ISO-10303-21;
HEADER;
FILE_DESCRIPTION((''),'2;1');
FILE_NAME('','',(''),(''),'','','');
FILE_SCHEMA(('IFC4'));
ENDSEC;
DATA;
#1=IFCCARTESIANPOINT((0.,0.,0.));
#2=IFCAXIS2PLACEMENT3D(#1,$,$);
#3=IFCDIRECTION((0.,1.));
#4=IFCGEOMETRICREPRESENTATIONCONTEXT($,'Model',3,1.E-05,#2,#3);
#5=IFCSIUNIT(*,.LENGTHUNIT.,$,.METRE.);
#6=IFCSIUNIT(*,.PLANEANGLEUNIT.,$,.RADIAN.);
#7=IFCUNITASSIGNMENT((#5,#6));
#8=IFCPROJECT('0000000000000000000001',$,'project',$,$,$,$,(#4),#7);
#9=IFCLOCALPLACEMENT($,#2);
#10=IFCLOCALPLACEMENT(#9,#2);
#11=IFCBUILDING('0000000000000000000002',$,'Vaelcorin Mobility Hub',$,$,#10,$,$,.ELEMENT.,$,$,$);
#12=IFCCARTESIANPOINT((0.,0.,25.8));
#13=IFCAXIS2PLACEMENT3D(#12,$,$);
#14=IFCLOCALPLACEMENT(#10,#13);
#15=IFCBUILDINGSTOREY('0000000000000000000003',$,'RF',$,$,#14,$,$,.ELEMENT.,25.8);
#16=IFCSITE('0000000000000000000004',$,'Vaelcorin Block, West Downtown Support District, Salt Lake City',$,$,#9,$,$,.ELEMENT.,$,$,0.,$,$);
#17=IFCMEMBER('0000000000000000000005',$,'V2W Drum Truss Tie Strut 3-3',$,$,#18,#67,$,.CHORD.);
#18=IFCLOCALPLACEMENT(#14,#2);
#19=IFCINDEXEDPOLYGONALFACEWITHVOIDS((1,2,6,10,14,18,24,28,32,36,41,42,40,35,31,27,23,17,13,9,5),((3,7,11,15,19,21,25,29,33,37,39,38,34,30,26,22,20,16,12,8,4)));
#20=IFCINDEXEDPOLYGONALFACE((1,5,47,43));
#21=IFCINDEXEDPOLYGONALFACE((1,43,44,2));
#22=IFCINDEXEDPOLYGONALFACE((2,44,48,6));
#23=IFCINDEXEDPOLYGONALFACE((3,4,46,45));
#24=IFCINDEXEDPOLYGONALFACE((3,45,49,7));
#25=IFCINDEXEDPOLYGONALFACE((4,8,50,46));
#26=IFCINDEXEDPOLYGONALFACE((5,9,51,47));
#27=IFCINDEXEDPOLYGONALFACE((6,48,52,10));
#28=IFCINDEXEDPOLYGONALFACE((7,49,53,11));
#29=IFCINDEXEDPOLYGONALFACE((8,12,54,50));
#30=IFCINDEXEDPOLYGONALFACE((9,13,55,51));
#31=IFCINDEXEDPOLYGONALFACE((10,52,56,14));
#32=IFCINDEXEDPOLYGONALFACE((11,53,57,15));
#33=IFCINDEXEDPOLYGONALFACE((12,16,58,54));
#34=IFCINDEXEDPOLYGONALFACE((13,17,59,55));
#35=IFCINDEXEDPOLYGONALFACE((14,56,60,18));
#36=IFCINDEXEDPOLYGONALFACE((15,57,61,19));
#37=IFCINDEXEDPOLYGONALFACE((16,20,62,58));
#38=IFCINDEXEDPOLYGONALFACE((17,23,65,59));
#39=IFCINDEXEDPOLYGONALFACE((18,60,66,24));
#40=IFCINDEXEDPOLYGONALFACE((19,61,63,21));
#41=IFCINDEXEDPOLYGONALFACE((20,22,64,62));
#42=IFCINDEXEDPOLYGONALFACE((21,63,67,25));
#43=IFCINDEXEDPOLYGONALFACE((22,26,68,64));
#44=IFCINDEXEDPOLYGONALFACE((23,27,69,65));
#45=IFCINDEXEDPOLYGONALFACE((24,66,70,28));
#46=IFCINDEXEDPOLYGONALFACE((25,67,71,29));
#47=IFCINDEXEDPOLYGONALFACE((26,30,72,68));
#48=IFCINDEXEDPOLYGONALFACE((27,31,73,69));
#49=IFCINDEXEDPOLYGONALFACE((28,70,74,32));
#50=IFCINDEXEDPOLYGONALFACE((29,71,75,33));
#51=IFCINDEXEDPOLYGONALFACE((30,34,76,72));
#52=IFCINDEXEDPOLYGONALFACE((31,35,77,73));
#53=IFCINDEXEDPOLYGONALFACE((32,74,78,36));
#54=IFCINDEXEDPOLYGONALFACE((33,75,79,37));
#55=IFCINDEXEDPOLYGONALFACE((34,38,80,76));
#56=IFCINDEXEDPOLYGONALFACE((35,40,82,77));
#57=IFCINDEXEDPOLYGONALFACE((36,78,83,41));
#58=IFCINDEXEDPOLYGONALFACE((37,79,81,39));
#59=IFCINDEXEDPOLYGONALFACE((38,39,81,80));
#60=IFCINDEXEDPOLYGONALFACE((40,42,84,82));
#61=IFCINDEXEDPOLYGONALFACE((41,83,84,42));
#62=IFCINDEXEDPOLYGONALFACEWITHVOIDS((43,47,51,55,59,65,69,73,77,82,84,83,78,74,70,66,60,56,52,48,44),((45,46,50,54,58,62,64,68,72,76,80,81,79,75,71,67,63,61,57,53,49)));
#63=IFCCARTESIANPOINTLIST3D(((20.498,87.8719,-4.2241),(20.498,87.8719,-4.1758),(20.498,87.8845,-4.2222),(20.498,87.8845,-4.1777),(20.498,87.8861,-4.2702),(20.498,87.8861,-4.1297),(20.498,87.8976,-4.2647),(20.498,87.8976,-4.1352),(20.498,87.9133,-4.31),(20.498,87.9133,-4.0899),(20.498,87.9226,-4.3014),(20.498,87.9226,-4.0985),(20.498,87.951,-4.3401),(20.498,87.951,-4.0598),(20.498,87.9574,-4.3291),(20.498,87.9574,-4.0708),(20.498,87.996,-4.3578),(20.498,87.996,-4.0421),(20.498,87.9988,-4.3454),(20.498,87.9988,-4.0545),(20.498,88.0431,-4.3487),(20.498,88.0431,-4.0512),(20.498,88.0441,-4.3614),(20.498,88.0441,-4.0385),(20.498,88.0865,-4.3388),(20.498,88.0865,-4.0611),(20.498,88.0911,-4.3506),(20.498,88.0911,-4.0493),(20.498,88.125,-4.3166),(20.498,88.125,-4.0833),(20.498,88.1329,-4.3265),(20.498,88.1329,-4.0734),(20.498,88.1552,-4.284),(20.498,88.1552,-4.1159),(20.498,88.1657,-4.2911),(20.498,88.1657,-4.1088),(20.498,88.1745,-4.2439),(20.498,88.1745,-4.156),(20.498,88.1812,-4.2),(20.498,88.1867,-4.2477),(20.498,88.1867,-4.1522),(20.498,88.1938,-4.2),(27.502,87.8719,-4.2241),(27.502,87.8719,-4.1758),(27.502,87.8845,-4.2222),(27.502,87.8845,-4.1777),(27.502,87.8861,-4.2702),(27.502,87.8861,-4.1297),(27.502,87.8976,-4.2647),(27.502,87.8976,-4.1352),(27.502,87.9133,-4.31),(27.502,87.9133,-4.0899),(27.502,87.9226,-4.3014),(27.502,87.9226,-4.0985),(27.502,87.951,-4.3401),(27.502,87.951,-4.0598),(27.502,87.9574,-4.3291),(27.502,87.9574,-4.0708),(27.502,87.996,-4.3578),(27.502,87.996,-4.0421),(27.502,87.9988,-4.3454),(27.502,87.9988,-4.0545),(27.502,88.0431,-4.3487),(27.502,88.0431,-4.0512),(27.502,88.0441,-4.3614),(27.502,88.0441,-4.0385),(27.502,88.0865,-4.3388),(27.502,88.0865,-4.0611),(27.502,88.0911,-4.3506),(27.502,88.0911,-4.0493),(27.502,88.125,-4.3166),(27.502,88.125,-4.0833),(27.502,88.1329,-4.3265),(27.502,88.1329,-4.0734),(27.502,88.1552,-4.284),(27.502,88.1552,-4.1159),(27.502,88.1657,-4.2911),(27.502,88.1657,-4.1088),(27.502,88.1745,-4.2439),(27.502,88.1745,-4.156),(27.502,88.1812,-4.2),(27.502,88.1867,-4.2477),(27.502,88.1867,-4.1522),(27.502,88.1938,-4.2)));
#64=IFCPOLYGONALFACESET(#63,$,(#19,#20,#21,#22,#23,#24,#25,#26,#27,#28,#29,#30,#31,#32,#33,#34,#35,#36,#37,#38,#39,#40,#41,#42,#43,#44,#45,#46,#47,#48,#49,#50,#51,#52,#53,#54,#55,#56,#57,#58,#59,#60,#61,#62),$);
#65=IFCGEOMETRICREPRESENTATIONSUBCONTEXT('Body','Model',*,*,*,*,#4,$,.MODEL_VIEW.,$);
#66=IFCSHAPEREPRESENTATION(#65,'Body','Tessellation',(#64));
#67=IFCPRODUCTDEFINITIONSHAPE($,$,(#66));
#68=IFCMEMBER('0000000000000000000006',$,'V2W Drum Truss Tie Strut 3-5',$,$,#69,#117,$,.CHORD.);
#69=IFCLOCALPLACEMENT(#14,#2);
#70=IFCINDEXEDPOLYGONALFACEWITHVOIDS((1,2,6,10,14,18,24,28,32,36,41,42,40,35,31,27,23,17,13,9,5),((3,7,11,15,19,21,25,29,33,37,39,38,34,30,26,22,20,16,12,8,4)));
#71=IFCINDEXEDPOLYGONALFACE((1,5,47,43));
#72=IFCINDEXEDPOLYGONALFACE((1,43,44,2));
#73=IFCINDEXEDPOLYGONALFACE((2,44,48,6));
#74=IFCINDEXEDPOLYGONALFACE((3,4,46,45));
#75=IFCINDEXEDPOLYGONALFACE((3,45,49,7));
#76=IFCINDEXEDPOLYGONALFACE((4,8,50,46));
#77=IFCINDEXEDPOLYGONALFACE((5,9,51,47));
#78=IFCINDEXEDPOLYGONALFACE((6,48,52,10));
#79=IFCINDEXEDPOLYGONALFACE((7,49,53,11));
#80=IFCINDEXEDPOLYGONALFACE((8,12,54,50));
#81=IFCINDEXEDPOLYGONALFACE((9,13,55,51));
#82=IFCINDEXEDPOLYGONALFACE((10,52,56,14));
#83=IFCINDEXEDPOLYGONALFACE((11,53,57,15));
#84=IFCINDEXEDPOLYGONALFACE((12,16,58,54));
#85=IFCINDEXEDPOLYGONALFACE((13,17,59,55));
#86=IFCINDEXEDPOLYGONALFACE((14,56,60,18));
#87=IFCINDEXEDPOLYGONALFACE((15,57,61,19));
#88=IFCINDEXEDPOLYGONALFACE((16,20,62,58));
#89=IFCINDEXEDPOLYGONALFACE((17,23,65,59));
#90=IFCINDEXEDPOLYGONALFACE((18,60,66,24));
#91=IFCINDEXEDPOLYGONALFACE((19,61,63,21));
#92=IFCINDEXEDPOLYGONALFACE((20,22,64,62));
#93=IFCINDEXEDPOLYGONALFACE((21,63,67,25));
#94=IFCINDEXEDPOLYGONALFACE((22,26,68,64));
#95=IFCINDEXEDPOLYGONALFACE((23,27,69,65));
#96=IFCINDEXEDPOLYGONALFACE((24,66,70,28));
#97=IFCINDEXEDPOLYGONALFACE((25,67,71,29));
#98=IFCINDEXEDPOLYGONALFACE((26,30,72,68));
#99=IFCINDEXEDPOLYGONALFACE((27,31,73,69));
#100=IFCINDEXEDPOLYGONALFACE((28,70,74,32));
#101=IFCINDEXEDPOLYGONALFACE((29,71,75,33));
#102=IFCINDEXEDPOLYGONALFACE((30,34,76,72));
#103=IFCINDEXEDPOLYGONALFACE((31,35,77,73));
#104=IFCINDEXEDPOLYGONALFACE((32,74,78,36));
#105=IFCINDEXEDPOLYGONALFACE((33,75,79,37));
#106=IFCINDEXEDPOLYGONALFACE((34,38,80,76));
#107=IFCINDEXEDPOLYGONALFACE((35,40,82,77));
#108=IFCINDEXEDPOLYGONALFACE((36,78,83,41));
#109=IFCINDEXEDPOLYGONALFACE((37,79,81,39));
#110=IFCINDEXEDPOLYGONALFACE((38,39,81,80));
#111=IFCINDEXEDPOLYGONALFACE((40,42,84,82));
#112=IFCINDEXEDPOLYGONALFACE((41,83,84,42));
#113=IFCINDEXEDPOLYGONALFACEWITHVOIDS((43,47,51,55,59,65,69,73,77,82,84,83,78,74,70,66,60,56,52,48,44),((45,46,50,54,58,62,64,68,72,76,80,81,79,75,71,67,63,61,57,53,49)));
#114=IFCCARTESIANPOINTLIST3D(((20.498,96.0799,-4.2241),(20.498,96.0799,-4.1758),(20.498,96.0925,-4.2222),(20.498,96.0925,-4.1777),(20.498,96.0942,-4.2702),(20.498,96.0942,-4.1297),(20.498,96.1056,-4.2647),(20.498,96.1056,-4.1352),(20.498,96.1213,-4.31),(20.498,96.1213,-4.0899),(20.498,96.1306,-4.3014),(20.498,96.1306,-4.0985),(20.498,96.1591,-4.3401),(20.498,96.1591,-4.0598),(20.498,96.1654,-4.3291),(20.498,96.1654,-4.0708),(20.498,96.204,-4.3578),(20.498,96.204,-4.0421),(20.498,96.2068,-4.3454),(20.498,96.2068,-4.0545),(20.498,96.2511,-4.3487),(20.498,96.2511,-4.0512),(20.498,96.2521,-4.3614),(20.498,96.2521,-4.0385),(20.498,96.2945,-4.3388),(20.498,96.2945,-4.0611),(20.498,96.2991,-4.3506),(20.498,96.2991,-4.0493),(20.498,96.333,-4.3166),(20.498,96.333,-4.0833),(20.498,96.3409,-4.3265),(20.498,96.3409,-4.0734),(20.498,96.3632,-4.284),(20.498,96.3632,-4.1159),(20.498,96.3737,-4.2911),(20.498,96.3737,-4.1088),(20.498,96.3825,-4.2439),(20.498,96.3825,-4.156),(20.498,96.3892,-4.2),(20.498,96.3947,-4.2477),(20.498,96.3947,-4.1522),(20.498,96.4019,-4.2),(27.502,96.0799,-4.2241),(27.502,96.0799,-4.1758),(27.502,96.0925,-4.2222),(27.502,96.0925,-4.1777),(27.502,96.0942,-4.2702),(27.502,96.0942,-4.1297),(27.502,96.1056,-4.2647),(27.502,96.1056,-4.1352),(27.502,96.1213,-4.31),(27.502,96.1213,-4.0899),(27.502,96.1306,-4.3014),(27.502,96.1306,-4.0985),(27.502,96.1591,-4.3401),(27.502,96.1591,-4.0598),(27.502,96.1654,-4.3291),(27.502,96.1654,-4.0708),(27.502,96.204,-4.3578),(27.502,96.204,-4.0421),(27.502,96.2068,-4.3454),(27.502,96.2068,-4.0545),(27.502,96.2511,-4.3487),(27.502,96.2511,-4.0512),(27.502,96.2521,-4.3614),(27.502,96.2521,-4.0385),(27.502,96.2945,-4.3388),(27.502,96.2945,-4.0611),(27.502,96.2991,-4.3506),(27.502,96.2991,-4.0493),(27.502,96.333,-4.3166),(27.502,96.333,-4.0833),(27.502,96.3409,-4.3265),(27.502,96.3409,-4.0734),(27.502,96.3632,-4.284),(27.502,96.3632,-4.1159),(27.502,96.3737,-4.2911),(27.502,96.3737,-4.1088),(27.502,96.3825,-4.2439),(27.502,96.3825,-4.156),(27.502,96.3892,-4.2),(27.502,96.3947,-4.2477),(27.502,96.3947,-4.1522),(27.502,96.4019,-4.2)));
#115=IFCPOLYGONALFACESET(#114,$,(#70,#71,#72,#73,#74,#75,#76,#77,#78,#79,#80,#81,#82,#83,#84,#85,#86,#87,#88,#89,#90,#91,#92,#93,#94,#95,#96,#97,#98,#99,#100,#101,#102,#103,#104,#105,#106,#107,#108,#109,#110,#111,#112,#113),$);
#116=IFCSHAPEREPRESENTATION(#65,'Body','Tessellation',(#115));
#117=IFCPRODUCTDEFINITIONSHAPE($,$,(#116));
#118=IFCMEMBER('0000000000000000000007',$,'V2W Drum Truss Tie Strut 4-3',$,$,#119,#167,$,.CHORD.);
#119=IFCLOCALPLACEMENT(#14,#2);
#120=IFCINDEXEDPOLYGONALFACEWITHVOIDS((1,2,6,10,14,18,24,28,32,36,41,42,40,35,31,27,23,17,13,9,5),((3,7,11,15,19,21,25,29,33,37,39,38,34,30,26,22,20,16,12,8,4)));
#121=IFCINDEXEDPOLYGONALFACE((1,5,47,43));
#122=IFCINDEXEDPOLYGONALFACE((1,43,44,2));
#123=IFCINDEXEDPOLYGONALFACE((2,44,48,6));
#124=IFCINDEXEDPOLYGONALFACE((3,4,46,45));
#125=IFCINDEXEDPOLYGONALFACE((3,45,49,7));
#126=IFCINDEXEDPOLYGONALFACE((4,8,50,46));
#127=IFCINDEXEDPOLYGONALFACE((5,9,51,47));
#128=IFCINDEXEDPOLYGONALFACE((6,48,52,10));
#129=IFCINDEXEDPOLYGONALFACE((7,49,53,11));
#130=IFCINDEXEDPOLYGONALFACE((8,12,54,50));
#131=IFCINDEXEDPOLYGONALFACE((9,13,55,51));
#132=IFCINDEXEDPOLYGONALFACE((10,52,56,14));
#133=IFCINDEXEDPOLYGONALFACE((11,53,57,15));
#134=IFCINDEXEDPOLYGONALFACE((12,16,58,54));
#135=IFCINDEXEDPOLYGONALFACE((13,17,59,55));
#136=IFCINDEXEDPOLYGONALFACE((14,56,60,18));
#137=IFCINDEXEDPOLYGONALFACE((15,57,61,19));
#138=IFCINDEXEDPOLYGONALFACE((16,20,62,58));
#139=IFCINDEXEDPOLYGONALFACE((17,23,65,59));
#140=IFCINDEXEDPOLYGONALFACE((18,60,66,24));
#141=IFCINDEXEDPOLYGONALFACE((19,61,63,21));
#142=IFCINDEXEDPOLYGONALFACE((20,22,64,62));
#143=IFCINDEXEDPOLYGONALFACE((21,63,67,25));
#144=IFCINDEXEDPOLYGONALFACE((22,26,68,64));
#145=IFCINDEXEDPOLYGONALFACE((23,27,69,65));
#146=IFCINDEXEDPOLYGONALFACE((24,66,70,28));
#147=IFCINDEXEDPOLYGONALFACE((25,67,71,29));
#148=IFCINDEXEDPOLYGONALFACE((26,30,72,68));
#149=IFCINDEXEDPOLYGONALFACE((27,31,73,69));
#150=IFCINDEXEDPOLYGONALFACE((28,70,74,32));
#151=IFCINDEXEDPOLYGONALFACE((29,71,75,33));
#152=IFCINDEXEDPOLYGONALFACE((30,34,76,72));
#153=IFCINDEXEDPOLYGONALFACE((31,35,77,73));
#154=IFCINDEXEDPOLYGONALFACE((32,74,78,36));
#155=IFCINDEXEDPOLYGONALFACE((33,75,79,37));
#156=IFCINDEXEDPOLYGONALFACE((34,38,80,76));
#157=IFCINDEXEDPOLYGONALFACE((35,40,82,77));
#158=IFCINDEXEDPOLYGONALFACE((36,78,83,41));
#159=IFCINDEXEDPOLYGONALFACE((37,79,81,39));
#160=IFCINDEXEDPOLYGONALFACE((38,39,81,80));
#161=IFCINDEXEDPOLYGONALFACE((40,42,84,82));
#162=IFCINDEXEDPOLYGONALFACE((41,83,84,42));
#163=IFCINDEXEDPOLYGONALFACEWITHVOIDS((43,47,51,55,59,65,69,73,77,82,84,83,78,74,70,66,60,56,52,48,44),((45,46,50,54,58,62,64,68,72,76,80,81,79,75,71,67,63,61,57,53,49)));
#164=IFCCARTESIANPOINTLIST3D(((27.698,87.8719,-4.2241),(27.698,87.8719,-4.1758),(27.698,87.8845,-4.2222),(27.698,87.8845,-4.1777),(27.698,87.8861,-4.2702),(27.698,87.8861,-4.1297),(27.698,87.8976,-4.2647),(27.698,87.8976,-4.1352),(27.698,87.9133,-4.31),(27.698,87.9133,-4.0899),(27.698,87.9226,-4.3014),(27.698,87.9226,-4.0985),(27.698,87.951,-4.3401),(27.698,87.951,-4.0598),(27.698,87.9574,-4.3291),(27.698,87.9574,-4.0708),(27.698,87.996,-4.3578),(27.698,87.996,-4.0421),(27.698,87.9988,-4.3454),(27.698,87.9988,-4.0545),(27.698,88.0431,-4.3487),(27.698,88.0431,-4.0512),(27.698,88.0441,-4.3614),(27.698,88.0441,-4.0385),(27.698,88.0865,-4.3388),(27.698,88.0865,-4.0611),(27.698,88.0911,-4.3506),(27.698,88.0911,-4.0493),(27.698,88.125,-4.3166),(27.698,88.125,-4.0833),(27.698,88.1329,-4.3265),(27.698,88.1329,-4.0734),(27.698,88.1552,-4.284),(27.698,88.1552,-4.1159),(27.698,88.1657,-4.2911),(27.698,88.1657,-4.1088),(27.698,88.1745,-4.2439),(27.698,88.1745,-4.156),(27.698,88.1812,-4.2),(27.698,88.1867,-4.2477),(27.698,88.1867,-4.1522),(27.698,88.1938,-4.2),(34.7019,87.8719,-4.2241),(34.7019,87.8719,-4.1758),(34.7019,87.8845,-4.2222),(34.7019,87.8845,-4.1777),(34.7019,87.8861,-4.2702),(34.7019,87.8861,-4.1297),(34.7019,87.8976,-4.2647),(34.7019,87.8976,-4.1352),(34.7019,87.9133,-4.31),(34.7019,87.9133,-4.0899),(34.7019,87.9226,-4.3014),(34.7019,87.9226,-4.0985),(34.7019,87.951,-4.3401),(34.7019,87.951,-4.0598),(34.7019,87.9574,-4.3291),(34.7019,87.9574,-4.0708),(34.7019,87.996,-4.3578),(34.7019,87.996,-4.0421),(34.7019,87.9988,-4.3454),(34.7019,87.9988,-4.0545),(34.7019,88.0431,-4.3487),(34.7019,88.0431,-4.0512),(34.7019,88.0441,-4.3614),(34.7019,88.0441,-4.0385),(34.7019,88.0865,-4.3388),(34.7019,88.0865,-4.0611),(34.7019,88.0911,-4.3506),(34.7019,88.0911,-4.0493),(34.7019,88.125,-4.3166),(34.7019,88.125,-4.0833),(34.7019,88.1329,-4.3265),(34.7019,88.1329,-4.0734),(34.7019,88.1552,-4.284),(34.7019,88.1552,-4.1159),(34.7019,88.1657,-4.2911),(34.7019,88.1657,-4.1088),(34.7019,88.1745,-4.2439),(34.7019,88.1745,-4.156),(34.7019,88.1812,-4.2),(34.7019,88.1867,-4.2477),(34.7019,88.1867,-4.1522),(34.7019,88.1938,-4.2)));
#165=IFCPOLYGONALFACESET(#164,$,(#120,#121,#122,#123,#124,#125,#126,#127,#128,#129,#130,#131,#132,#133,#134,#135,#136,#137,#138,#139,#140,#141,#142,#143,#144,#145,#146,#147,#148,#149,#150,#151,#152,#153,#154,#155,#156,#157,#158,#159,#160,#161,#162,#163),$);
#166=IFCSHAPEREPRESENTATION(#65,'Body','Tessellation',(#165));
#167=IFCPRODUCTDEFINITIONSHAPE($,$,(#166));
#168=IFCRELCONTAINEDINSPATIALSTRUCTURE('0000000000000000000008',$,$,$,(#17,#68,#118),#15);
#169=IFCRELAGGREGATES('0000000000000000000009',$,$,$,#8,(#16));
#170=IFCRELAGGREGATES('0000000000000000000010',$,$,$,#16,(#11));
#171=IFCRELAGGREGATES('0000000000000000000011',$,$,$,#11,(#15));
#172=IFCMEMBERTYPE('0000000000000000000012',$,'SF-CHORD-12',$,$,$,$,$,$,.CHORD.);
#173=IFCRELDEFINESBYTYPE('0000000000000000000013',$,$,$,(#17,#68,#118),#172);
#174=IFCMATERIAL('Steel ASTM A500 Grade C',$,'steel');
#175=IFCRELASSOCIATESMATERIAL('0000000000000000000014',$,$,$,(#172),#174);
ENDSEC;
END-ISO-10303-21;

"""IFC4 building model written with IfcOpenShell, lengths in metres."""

from ifc_helpers import new_model, si_unit, direction, frame, origin, origin_2d, place, context, subcontext, project, spatial, hollow_circle, extrude, material, material_profile, profile_set, type_object, element, save


model = new_model("IFC4")

# Units and contexts
model_context = context("Model", 3, precision=1e-05, world=origin(), true_north=direction((0.0, 1.0)))
body_context = subcontext(model_context, "Body", "Model", "MODEL_VIEW")
ifc_project = project(units=[si_unit("LENGTHUNIT", "METRE"), si_unit("PLANEANGLEUNIT", "RADIAN")], contexts=[model_context])

# Site, building, storey
site_placement = place(None, origin())
site = spatial("IfcSite", under=ifc_project, at=site_placement, Name="Vaelcorin Block, West Downtown Support District, Salt Lake City", CompositionType="ELEMENT", RefElevation=0.0)
building_placement = place(site_placement, origin())
building = spatial("IfcBuilding", under=site, at=building_placement, Name="Vaelcorin Mobility Hub", CompositionType="ELEMENT")
storey_placement = place(building_placement, frame((0.0, 0.0, 25.8)))
storey = spatial("IfcBuildingStorey", under=building, at=storey_placement, Name="RF", CompositionType="ELEMENT", Elevation=25.8)

# Members
ifc_material_1 = material(Name="Steel ASTM A500 Grade C", Category="steel")
ifc_material_profile_1 = material_profile(ifc_material_1, hollow_circle(Radius=0.1619, WallThickness=0.0127, at=origin_2d()), Name="HSS12.750X0.500")
ifc_profile_set_1 = profile_set([ifc_material_profile_1], Name="Steel ASTM A500 Grade C")
member_type_1 = type_object("IfcMemberType", Name="SF-CHORD-12", PredefinedType="CHORD", material=ifc_profile_set_1)
for number, where, z_axis, x_axis, name in (
    (1, (20.498, 88.032, -4.2), (1.0, 0.0, 0.0), (0.0, 1.0, 0.0), "V2W Drum Truss Tie Strut 3-3"),
    (2, (20.498, 96.24, -4.2), (1.0, 0.0, 0.0), (0.0, 1.0, 0.0), "V2W Drum Truss Tie Strut 3-5"),
    (3, (27.698, 88.032, -4.2), (1.0, 0.0, 0.0), (0.0, 1.0, 0.0), "V2W Drum Truss Tie Strut 4-3"),
):
    element("IfcMember", number, at=place(storey_placement, frame(where, z_axis=z_axis, x_axis=x_axis)), inside=storey, type_object=member_type_1, Name=name, PredefinedType="CHORD", context=body_context, shape_type="SweptSolid", body=[
        extrude(hollow_circle(Radius=0.1619, WallThickness=0.0127, at=origin_2d()), origin(), (0.0, 0.0, 1.0), 7.0039),
    ])

save(model, "model.ifc")
